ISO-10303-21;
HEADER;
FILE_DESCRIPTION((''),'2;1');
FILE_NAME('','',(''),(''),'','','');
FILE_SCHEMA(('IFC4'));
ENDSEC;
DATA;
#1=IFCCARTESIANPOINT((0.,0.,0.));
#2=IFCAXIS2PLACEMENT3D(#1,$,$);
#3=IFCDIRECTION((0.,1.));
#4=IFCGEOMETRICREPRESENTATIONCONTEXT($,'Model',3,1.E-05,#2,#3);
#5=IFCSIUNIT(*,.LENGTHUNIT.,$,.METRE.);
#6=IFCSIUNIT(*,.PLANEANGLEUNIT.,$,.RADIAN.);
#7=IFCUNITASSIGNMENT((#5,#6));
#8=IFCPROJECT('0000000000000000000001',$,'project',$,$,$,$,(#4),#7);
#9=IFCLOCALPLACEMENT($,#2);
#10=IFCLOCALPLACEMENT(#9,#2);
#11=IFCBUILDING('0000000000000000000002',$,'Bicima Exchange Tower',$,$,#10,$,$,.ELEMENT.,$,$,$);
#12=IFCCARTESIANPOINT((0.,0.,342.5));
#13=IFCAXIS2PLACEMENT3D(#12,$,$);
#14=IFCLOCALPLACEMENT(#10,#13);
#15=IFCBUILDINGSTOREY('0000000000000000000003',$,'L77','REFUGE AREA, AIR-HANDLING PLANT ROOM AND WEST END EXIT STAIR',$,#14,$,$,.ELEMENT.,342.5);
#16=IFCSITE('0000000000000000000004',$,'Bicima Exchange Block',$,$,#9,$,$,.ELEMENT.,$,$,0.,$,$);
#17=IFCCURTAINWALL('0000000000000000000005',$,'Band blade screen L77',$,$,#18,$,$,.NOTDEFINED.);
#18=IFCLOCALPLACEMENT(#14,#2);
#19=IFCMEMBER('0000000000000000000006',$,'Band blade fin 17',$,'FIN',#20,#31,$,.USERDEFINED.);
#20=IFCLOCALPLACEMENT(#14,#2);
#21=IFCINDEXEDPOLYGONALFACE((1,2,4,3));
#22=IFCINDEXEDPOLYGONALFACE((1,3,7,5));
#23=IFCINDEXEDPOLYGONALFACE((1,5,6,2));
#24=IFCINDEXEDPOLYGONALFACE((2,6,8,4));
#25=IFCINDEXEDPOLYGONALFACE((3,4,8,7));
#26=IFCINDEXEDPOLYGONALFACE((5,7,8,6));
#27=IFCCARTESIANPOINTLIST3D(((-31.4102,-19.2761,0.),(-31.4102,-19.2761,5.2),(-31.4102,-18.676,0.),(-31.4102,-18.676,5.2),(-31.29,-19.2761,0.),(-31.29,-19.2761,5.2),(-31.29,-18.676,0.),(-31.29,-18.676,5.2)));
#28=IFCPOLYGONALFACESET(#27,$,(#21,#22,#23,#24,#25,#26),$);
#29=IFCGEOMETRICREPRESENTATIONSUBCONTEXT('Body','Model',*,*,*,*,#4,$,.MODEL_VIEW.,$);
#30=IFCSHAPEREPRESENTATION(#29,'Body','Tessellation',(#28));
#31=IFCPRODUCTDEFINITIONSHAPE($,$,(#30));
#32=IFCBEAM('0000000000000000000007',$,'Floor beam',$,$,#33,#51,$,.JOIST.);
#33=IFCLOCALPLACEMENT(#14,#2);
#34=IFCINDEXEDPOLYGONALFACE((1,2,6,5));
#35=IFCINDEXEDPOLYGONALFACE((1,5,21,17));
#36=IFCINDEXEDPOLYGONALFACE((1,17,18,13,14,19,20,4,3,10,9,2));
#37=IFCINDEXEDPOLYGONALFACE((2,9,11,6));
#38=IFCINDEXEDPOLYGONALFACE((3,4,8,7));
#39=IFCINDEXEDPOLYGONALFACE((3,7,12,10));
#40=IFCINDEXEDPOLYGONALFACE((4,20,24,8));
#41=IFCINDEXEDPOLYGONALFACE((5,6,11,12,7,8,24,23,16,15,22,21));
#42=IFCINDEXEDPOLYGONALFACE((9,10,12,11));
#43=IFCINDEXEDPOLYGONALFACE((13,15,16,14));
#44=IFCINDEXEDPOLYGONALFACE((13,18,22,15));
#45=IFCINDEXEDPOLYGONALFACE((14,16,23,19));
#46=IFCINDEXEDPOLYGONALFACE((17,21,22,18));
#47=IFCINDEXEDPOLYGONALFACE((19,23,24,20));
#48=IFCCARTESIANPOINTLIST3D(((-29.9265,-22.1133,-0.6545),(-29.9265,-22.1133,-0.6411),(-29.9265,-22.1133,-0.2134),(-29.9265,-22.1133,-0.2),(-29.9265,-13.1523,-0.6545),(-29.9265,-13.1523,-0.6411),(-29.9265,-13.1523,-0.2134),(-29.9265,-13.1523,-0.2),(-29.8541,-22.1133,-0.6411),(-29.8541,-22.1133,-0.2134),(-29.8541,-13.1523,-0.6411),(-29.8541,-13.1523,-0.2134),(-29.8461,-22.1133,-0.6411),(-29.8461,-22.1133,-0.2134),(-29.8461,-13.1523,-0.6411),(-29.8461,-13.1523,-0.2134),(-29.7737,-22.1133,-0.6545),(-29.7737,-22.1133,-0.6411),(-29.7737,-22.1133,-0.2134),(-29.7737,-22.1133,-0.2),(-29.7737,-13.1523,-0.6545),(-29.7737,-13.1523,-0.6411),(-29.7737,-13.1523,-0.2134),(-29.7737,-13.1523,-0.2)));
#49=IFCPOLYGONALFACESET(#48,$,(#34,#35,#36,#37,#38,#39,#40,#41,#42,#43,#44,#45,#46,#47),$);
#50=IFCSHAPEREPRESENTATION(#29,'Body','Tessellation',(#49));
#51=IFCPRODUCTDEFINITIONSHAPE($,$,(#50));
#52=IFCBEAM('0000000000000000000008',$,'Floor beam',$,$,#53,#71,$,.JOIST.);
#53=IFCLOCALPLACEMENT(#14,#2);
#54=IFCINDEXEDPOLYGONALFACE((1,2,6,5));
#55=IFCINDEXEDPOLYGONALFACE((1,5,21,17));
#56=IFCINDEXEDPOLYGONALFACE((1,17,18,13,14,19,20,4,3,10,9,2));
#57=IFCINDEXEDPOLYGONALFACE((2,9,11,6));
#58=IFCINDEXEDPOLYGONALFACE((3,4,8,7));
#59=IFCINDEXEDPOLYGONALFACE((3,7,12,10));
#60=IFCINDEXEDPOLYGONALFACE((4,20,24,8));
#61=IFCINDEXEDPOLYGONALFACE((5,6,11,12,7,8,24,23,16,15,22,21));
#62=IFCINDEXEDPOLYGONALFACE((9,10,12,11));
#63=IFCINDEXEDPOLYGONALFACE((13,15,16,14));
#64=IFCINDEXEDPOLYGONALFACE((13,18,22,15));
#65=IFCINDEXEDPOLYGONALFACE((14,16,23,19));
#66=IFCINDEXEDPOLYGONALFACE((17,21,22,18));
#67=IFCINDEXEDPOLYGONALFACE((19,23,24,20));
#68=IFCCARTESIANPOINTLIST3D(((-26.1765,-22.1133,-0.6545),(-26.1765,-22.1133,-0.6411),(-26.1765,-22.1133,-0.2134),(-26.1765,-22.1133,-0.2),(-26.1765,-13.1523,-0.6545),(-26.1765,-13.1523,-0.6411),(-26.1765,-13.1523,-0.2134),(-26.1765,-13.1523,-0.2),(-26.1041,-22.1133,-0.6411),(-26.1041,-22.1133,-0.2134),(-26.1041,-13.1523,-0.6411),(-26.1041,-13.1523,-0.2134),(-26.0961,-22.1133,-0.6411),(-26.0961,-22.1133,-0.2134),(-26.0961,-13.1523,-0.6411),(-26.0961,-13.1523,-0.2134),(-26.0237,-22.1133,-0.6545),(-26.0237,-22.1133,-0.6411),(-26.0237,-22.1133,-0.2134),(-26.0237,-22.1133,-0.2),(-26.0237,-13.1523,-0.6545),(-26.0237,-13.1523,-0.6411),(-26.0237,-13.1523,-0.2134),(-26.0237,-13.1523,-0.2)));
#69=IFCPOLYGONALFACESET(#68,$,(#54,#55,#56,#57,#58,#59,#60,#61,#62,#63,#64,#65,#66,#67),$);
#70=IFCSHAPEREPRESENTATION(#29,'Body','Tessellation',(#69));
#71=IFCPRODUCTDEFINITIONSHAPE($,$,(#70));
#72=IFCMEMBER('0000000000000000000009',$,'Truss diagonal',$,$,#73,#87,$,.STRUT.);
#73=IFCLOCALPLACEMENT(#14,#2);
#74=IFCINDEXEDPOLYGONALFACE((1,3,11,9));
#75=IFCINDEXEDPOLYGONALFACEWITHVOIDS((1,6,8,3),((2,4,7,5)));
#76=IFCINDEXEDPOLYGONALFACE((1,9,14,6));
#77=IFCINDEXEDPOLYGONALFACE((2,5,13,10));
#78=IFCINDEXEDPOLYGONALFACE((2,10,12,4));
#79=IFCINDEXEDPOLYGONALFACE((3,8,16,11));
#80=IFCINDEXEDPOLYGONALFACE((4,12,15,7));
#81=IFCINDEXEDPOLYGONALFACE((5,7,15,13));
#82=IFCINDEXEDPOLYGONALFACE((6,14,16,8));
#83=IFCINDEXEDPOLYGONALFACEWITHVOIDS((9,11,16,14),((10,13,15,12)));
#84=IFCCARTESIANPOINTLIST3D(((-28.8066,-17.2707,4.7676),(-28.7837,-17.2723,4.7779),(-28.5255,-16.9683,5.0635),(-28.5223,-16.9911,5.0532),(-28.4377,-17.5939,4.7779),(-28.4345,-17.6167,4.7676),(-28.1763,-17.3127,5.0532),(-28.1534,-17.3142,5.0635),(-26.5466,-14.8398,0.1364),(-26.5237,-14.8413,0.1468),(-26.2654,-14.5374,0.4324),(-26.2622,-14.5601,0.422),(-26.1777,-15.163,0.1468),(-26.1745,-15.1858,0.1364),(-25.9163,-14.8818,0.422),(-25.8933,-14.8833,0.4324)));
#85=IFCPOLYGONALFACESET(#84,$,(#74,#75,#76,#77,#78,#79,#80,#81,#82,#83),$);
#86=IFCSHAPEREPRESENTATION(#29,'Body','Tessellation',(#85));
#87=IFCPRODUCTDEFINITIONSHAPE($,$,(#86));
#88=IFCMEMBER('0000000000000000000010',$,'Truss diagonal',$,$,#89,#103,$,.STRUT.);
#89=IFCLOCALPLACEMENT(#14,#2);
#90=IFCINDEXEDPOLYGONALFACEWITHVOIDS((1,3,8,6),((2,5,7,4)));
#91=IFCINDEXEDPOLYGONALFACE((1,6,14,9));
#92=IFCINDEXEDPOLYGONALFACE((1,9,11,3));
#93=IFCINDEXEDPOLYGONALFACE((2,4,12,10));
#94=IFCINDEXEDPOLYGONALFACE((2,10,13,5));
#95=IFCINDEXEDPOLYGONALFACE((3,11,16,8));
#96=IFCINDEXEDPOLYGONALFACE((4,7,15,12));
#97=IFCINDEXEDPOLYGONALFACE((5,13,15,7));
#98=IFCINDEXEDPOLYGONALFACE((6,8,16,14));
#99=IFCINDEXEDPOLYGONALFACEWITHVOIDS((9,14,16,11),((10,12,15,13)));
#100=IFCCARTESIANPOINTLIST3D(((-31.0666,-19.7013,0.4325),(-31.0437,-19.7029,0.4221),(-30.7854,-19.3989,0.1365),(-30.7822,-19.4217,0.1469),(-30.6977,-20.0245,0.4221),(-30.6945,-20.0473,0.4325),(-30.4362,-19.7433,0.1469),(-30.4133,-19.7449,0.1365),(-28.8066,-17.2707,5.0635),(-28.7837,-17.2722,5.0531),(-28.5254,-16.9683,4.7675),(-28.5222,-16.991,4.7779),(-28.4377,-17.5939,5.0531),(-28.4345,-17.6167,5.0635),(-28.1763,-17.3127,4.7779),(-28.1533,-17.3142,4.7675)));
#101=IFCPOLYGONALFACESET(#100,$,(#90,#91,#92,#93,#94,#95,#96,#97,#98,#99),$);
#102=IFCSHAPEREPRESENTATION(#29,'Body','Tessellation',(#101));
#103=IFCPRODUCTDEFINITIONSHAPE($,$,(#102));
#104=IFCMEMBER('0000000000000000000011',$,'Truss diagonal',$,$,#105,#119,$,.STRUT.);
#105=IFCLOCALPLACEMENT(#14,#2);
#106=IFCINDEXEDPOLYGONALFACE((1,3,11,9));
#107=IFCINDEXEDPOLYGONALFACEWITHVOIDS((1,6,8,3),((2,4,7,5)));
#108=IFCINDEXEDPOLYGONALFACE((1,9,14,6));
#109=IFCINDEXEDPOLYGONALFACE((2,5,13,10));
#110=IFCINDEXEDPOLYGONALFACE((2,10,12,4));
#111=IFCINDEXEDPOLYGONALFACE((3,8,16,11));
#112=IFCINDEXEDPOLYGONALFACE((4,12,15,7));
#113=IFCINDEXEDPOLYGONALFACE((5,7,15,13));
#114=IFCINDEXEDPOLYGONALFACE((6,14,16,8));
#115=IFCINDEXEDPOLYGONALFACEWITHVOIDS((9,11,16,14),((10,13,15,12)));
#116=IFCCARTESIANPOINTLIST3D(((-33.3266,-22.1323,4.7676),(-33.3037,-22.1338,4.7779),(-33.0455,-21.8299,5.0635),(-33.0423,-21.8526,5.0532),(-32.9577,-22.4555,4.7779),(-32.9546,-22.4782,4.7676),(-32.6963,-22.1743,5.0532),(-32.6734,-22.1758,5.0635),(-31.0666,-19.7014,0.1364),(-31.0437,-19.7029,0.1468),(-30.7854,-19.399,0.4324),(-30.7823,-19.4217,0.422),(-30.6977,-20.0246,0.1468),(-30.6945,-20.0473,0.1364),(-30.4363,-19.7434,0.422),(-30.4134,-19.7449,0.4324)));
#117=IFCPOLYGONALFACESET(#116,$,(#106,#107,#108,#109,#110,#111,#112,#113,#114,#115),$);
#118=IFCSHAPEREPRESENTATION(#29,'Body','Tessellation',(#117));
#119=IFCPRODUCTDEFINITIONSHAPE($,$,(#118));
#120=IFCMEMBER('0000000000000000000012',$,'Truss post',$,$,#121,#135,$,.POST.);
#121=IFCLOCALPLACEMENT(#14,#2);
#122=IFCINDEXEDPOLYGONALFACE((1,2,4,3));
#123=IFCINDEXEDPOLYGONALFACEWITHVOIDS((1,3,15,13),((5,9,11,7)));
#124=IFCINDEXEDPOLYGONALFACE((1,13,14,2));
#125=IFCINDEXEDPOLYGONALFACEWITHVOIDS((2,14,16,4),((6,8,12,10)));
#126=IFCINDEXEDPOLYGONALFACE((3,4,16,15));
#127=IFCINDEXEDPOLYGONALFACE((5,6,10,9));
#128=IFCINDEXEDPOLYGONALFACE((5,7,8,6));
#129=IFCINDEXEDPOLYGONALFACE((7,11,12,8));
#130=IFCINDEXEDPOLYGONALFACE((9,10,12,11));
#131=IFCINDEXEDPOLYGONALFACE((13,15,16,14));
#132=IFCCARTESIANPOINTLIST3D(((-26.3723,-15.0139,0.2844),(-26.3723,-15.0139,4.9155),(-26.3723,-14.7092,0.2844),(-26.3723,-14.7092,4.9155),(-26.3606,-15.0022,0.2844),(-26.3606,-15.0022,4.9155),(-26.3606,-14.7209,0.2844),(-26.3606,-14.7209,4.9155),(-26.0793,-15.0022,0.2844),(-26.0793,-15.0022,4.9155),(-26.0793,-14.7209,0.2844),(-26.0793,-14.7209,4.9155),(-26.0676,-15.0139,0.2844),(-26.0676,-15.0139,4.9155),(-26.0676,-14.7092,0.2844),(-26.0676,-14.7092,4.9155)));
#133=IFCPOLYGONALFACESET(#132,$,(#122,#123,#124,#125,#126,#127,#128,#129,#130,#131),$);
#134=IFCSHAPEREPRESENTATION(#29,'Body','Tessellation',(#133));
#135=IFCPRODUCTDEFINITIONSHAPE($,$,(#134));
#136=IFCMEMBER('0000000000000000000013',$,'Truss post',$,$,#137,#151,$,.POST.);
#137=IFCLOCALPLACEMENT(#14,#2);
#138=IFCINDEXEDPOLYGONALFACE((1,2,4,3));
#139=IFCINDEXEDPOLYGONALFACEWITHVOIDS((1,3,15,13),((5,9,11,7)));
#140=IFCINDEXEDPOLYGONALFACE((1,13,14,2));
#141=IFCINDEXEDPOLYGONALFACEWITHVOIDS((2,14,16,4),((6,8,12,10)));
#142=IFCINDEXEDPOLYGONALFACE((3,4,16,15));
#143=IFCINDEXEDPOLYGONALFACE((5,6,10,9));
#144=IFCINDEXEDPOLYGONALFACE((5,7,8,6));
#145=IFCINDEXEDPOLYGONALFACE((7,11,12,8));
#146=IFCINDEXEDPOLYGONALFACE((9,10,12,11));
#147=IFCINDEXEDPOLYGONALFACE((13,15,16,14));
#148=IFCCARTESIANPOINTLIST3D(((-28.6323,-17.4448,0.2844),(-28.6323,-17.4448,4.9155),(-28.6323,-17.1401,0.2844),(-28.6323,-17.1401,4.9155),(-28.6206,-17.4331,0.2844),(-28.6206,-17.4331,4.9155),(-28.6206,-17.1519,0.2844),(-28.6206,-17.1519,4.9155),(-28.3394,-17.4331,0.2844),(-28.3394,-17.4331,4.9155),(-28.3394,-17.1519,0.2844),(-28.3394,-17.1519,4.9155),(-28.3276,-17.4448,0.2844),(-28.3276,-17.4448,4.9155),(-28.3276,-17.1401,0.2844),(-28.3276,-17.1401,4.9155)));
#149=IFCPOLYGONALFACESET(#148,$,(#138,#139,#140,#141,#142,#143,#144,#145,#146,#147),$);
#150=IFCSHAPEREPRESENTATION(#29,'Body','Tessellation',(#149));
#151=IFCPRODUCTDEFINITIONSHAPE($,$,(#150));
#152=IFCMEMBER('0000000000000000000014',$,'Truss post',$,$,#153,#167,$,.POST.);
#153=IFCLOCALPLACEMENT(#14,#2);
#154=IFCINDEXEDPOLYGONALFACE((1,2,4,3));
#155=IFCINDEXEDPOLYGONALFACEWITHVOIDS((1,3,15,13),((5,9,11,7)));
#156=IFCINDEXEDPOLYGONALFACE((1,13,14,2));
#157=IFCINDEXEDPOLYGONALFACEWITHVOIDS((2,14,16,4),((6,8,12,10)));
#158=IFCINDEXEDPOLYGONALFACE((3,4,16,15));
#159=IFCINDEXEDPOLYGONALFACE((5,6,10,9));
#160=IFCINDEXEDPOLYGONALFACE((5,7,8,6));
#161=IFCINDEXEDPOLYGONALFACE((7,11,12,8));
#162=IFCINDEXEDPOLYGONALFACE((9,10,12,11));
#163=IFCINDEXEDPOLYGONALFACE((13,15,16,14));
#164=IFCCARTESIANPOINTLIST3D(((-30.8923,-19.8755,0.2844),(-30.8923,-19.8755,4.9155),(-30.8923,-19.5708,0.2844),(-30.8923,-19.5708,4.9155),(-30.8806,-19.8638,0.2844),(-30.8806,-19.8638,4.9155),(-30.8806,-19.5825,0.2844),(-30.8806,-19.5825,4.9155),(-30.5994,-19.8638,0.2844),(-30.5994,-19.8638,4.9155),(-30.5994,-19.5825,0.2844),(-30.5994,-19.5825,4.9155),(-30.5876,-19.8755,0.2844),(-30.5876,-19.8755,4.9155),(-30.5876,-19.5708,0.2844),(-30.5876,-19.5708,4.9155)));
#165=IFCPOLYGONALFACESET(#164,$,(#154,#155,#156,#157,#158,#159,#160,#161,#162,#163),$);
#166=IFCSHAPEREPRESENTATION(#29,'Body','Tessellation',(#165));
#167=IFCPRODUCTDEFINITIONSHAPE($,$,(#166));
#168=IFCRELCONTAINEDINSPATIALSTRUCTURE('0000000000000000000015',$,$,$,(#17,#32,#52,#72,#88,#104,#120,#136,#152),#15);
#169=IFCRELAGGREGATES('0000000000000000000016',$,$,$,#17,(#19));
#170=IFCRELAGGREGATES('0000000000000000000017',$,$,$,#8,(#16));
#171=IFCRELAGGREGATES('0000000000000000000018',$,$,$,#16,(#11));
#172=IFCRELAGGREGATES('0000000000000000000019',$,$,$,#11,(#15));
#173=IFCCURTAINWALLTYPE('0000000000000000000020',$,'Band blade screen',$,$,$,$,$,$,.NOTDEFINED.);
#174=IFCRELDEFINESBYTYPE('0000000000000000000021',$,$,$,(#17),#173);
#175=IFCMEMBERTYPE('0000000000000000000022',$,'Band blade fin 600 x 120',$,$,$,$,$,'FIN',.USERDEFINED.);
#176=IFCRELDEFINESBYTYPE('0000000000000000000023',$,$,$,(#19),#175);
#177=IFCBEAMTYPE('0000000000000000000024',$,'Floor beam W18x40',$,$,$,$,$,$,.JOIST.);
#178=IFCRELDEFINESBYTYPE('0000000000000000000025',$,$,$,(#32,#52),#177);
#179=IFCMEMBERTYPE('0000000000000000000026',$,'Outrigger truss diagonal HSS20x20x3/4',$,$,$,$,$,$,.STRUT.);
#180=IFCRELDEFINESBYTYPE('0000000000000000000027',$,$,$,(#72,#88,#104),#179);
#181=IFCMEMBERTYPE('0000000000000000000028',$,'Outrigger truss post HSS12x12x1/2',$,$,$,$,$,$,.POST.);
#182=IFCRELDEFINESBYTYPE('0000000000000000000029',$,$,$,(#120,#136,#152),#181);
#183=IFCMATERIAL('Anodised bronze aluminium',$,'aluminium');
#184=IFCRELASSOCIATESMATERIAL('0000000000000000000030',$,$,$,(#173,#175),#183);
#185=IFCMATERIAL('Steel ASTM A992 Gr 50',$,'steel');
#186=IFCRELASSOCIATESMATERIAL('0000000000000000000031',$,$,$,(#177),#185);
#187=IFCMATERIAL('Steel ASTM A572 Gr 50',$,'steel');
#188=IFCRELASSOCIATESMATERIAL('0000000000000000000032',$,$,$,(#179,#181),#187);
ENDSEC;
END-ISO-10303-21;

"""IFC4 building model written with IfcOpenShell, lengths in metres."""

from ifc_helpers import new_model, si_unit, direction, frame, origin, origin_2d, place, context, subcontext, project, spatial, rectangle, hollow_rectangle, i_section, extrude, material, material_profile, profile_set, type_object, element, aggregate, save


model = new_model("IFC4")

# Units and contexts
model_context = context("Model", 3, precision=1e-05, world=origin(), true_north=direction((0.0, 1.0)))
body_context = subcontext(model_context, "Body", "Model", "MODEL_VIEW")
ifc_project = project(units=[si_unit("LENGTHUNIT", "METRE"), si_unit("PLANEANGLEUNIT", "RADIAN")], contexts=[model_context])

# Site, building, storey
site_placement = place(None, origin())
site = spatial("IfcSite", under=ifc_project, at=site_placement, Name="Bicima Exchange Block", CompositionType="ELEMENT", RefElevation=0.0)
building_placement = place(site_placement, origin())
building = spatial("IfcBuilding", under=site, at=building_placement, Name="Bicima Exchange Tower", CompositionType="ELEMENT")
storey_placement = place(building_placement, frame((0.0, 0.0, 342.5)))
storey = spatial("IfcBuildingStorey", under=building, at=storey_placement, Name="L77", Description="REFUGE AREA, AIR-HANDLING PLANT ROOM AND WEST END EXIT STAIR", CompositionType="ELEMENT", Elevation=342.5)

# Curtain wall, member
ifc_material_1 = material(Name="Anodised bronze aluminium", Category="aluminium")
curtain_wall_type = type_object("IfcCurtainWallType", Name="Band blade screen", PredefinedType="NOTDEFINED", material=ifc_material_1)
curtain_wall_placement = place(storey_placement, origin())
curtain_wall = element("IfcCurtainWall", 1, at=curtain_wall_placement, inside=storey, type_object=curtain_wall_type, Name="Band blade screen L77", PredefinedType="NOTDEFINED")
ifc_material_profile_1 = material_profile(ifc_material_1, rectangle(XDim=0.6001, YDim=0.1201, at=origin_2d()))
ifc_profile_set_1 = profile_set([ifc_material_profile_1], Name="Anodised bronze aluminium")
member_type_1 = type_object("IfcMemberType", Name="Band blade fin 600 x 120", ElementType="FIN", PredefinedType="USERDEFINED", material=ifc_profile_set_1)
member_1_placement = place(storey_placement, frame((-31.3501, -18.9761, 0.0), z_axis=(0.0, 0.0, 1.0), x_axis=(0.0, 1.0, 0.0)))
member_1 = element("IfcMember", 2, at=member_1_placement, type_object=member_type_1, Name="Band blade fin 17", ObjectType="FIN", PredefinedType="USERDEFINED", context=body_context, shape_type="SweptSolid", body=[
    extrude(rectangle(XDim=0.6001, YDim=0.1201, at=origin_2d()), origin(), (0.0, 0.0, 1.0), 5.2),
])
aggregate(curtain_wall, [member_1])

# Beams
ifc_material_2 = material(Name="Steel ASTM A992 Gr 50", Category="steel")
ifc_material_profile_2 = material_profile(ifc_material_2, i_section(OverallWidth=0.1528, OverallDepth=0.4546, WebThickness=0.0081, FlangeThickness=0.0134, at=origin_2d()))
ifc_profile_set_2 = profile_set([ifc_material_profile_2], Name="Steel ASTM A992 Gr 50")
beam_type = type_object("IfcBeamType", Name="Floor beam W18x40", PredefinedType="JOIST", material=ifc_profile_set_2)
for number, where, z_axis, x_axis, name in (
    (3, (-29.8501, -13.1523, -0.4272), (0.0, -1.0, 0.0), (1.0, 0.0, 0.0), "Floor beam"),
    (4, (-26.1001, -13.1523, -0.4272), (0.0, -1.0, 0.0), (1.0, 0.0, 0.0), "Floor beam"),
):
    element("IfcBeam", number, at=place(storey_placement, frame(where, z_axis=z_axis, x_axis=x_axis)), inside=storey, type_object=beam_type, Name=name, PredefinedType="JOIST", context=body_context, shape_type="SweptSolid", body=[
        extrude(i_section(OverallWidth=0.1528, OverallDepth=0.4546, WebThickness=0.0081, FlangeThickness=0.0134, at=origin_2d()), origin(), (0.0, 0.0, 1.0), 8.9609),
    ])

# Members
ifc_material_3 = material(Name="Steel ASTM A572 Gr 50", Category="steel")
ifc_material_profile_3 = material_profile(ifc_material_3, hollow_rectangle(XDim=0.5081, YDim=0.5081, WallThickness=0.0178, at=origin_2d()))
ifc_profile_set_3 = profile_set([ifc_material_profile_3], Name="Steel ASTM A572 Gr 50")
member_type_2 = type_object("IfcMemberType", Name="Outrigger truss diagonal HSS20x20x3/4", PredefinedType="STRUT", material=ifc_profile_set_3)
member_2_placement = place(storey_placement, frame((-26.22, -14.8616, 0.2844), z_axis=(-0.396651, -0.426645, 0.812799), x_axis=(0.732382, -0.680894, 0.0)))
element("IfcMember", 5, at=member_2_placement, inside=storey, type_object=member_type_2, Name="Truss diagonal", PredefinedType="STRUT", context=body_context, shape_type="SweptSolid", body=[
    extrude(hollow_rectangle(XDim=0.5081, YDim=0.5081, WallThickness=0.0178, at=origin_2d()), origin(), (0.0, 0.0, 1.0), 5.6978),
])
member_3_placement = place(storey_placement, frame((-28.48, -17.2925, 4.9155), z_axis=(-0.396658, -0.42661, -0.812813), x_axis=(0.732348, -0.680931, 0.0)))
element("IfcMember", 6, at=member_3_placement, inside=storey, type_object=member_type_2, Name="Truss diagonal", PredefinedType="STRUT", context=body_context, shape_type="SweptSolid", body=[
    extrude(hollow_rectangle(XDim=0.5081, YDim=0.5081, WallThickness=0.0178, at=origin_2d()), origin(), (0.0, 0.0, 1.0), 5.6975),
])
member_4_placement = place(storey_placement, frame((-30.74, -19.7231, 0.2844), z_axis=(-0.396651, -0.426645, 0.812799), x_axis=(0.732382, -0.680894, 0.0)))
element("IfcMember", 7, at=member_4_placement, inside=storey, type_object=member_type_2, Name="Truss diagonal", PredefinedType="STRUT", context=body_context, shape_type="SweptSolid", body=[
    extrude(hollow_rectangle(XDim=0.5081, YDim=0.5081, WallThickness=0.0178, at=origin_2d()), origin(), (0.0, 0.0, 1.0), 5.6978),
])
ifc_material_profile_4 = material_profile(ifc_material_3, hollow_rectangle(XDim=0.3047, YDim=0.3047, WallThickness=0.0117, at=origin_2d()))
ifc_profile_set_4 = profile_set([ifc_material_profile_4], Name="Steel ASTM A572 Gr 50")
member_type_3 = type_object("IfcMemberType", Name="Outrigger truss post HSS12x12x1/2", PredefinedType="POST", material=ifc_profile_set_4)
for number, where, z_axis, x_axis, name in (
    (8, (-26.22, -14.8616, 0.2844), (0.0, 0.0, 1.0), (1.0, 0.0, 0.0), "Truss post"),
    (9, (-28.48, -17.2925, 0.2844), (0.0, 0.0, 1.0), (1.0, 0.0, 0.0), "Truss post"),
    (10, (-30.74, -19.7231, 0.2844), (0.0, 0.0, 1.0), (1.0, 0.0, 0.0), "Truss post"),
):
    element("IfcMember", number, at=place(storey_placement, frame(where, z_axis=z_axis, x_axis=x_axis)), inside=storey, type_object=member_type_3, Name=name, PredefinedType="POST", context=body_context, shape_type="SweptSolid", body=[
        extrude(hollow_rectangle(XDim=0.3047, YDim=0.3047, WallThickness=0.0117, at=origin_2d()), origin(), (0.0, 0.0, 1.0), 4.6311),
    ])

save(model, "model.ifc")
